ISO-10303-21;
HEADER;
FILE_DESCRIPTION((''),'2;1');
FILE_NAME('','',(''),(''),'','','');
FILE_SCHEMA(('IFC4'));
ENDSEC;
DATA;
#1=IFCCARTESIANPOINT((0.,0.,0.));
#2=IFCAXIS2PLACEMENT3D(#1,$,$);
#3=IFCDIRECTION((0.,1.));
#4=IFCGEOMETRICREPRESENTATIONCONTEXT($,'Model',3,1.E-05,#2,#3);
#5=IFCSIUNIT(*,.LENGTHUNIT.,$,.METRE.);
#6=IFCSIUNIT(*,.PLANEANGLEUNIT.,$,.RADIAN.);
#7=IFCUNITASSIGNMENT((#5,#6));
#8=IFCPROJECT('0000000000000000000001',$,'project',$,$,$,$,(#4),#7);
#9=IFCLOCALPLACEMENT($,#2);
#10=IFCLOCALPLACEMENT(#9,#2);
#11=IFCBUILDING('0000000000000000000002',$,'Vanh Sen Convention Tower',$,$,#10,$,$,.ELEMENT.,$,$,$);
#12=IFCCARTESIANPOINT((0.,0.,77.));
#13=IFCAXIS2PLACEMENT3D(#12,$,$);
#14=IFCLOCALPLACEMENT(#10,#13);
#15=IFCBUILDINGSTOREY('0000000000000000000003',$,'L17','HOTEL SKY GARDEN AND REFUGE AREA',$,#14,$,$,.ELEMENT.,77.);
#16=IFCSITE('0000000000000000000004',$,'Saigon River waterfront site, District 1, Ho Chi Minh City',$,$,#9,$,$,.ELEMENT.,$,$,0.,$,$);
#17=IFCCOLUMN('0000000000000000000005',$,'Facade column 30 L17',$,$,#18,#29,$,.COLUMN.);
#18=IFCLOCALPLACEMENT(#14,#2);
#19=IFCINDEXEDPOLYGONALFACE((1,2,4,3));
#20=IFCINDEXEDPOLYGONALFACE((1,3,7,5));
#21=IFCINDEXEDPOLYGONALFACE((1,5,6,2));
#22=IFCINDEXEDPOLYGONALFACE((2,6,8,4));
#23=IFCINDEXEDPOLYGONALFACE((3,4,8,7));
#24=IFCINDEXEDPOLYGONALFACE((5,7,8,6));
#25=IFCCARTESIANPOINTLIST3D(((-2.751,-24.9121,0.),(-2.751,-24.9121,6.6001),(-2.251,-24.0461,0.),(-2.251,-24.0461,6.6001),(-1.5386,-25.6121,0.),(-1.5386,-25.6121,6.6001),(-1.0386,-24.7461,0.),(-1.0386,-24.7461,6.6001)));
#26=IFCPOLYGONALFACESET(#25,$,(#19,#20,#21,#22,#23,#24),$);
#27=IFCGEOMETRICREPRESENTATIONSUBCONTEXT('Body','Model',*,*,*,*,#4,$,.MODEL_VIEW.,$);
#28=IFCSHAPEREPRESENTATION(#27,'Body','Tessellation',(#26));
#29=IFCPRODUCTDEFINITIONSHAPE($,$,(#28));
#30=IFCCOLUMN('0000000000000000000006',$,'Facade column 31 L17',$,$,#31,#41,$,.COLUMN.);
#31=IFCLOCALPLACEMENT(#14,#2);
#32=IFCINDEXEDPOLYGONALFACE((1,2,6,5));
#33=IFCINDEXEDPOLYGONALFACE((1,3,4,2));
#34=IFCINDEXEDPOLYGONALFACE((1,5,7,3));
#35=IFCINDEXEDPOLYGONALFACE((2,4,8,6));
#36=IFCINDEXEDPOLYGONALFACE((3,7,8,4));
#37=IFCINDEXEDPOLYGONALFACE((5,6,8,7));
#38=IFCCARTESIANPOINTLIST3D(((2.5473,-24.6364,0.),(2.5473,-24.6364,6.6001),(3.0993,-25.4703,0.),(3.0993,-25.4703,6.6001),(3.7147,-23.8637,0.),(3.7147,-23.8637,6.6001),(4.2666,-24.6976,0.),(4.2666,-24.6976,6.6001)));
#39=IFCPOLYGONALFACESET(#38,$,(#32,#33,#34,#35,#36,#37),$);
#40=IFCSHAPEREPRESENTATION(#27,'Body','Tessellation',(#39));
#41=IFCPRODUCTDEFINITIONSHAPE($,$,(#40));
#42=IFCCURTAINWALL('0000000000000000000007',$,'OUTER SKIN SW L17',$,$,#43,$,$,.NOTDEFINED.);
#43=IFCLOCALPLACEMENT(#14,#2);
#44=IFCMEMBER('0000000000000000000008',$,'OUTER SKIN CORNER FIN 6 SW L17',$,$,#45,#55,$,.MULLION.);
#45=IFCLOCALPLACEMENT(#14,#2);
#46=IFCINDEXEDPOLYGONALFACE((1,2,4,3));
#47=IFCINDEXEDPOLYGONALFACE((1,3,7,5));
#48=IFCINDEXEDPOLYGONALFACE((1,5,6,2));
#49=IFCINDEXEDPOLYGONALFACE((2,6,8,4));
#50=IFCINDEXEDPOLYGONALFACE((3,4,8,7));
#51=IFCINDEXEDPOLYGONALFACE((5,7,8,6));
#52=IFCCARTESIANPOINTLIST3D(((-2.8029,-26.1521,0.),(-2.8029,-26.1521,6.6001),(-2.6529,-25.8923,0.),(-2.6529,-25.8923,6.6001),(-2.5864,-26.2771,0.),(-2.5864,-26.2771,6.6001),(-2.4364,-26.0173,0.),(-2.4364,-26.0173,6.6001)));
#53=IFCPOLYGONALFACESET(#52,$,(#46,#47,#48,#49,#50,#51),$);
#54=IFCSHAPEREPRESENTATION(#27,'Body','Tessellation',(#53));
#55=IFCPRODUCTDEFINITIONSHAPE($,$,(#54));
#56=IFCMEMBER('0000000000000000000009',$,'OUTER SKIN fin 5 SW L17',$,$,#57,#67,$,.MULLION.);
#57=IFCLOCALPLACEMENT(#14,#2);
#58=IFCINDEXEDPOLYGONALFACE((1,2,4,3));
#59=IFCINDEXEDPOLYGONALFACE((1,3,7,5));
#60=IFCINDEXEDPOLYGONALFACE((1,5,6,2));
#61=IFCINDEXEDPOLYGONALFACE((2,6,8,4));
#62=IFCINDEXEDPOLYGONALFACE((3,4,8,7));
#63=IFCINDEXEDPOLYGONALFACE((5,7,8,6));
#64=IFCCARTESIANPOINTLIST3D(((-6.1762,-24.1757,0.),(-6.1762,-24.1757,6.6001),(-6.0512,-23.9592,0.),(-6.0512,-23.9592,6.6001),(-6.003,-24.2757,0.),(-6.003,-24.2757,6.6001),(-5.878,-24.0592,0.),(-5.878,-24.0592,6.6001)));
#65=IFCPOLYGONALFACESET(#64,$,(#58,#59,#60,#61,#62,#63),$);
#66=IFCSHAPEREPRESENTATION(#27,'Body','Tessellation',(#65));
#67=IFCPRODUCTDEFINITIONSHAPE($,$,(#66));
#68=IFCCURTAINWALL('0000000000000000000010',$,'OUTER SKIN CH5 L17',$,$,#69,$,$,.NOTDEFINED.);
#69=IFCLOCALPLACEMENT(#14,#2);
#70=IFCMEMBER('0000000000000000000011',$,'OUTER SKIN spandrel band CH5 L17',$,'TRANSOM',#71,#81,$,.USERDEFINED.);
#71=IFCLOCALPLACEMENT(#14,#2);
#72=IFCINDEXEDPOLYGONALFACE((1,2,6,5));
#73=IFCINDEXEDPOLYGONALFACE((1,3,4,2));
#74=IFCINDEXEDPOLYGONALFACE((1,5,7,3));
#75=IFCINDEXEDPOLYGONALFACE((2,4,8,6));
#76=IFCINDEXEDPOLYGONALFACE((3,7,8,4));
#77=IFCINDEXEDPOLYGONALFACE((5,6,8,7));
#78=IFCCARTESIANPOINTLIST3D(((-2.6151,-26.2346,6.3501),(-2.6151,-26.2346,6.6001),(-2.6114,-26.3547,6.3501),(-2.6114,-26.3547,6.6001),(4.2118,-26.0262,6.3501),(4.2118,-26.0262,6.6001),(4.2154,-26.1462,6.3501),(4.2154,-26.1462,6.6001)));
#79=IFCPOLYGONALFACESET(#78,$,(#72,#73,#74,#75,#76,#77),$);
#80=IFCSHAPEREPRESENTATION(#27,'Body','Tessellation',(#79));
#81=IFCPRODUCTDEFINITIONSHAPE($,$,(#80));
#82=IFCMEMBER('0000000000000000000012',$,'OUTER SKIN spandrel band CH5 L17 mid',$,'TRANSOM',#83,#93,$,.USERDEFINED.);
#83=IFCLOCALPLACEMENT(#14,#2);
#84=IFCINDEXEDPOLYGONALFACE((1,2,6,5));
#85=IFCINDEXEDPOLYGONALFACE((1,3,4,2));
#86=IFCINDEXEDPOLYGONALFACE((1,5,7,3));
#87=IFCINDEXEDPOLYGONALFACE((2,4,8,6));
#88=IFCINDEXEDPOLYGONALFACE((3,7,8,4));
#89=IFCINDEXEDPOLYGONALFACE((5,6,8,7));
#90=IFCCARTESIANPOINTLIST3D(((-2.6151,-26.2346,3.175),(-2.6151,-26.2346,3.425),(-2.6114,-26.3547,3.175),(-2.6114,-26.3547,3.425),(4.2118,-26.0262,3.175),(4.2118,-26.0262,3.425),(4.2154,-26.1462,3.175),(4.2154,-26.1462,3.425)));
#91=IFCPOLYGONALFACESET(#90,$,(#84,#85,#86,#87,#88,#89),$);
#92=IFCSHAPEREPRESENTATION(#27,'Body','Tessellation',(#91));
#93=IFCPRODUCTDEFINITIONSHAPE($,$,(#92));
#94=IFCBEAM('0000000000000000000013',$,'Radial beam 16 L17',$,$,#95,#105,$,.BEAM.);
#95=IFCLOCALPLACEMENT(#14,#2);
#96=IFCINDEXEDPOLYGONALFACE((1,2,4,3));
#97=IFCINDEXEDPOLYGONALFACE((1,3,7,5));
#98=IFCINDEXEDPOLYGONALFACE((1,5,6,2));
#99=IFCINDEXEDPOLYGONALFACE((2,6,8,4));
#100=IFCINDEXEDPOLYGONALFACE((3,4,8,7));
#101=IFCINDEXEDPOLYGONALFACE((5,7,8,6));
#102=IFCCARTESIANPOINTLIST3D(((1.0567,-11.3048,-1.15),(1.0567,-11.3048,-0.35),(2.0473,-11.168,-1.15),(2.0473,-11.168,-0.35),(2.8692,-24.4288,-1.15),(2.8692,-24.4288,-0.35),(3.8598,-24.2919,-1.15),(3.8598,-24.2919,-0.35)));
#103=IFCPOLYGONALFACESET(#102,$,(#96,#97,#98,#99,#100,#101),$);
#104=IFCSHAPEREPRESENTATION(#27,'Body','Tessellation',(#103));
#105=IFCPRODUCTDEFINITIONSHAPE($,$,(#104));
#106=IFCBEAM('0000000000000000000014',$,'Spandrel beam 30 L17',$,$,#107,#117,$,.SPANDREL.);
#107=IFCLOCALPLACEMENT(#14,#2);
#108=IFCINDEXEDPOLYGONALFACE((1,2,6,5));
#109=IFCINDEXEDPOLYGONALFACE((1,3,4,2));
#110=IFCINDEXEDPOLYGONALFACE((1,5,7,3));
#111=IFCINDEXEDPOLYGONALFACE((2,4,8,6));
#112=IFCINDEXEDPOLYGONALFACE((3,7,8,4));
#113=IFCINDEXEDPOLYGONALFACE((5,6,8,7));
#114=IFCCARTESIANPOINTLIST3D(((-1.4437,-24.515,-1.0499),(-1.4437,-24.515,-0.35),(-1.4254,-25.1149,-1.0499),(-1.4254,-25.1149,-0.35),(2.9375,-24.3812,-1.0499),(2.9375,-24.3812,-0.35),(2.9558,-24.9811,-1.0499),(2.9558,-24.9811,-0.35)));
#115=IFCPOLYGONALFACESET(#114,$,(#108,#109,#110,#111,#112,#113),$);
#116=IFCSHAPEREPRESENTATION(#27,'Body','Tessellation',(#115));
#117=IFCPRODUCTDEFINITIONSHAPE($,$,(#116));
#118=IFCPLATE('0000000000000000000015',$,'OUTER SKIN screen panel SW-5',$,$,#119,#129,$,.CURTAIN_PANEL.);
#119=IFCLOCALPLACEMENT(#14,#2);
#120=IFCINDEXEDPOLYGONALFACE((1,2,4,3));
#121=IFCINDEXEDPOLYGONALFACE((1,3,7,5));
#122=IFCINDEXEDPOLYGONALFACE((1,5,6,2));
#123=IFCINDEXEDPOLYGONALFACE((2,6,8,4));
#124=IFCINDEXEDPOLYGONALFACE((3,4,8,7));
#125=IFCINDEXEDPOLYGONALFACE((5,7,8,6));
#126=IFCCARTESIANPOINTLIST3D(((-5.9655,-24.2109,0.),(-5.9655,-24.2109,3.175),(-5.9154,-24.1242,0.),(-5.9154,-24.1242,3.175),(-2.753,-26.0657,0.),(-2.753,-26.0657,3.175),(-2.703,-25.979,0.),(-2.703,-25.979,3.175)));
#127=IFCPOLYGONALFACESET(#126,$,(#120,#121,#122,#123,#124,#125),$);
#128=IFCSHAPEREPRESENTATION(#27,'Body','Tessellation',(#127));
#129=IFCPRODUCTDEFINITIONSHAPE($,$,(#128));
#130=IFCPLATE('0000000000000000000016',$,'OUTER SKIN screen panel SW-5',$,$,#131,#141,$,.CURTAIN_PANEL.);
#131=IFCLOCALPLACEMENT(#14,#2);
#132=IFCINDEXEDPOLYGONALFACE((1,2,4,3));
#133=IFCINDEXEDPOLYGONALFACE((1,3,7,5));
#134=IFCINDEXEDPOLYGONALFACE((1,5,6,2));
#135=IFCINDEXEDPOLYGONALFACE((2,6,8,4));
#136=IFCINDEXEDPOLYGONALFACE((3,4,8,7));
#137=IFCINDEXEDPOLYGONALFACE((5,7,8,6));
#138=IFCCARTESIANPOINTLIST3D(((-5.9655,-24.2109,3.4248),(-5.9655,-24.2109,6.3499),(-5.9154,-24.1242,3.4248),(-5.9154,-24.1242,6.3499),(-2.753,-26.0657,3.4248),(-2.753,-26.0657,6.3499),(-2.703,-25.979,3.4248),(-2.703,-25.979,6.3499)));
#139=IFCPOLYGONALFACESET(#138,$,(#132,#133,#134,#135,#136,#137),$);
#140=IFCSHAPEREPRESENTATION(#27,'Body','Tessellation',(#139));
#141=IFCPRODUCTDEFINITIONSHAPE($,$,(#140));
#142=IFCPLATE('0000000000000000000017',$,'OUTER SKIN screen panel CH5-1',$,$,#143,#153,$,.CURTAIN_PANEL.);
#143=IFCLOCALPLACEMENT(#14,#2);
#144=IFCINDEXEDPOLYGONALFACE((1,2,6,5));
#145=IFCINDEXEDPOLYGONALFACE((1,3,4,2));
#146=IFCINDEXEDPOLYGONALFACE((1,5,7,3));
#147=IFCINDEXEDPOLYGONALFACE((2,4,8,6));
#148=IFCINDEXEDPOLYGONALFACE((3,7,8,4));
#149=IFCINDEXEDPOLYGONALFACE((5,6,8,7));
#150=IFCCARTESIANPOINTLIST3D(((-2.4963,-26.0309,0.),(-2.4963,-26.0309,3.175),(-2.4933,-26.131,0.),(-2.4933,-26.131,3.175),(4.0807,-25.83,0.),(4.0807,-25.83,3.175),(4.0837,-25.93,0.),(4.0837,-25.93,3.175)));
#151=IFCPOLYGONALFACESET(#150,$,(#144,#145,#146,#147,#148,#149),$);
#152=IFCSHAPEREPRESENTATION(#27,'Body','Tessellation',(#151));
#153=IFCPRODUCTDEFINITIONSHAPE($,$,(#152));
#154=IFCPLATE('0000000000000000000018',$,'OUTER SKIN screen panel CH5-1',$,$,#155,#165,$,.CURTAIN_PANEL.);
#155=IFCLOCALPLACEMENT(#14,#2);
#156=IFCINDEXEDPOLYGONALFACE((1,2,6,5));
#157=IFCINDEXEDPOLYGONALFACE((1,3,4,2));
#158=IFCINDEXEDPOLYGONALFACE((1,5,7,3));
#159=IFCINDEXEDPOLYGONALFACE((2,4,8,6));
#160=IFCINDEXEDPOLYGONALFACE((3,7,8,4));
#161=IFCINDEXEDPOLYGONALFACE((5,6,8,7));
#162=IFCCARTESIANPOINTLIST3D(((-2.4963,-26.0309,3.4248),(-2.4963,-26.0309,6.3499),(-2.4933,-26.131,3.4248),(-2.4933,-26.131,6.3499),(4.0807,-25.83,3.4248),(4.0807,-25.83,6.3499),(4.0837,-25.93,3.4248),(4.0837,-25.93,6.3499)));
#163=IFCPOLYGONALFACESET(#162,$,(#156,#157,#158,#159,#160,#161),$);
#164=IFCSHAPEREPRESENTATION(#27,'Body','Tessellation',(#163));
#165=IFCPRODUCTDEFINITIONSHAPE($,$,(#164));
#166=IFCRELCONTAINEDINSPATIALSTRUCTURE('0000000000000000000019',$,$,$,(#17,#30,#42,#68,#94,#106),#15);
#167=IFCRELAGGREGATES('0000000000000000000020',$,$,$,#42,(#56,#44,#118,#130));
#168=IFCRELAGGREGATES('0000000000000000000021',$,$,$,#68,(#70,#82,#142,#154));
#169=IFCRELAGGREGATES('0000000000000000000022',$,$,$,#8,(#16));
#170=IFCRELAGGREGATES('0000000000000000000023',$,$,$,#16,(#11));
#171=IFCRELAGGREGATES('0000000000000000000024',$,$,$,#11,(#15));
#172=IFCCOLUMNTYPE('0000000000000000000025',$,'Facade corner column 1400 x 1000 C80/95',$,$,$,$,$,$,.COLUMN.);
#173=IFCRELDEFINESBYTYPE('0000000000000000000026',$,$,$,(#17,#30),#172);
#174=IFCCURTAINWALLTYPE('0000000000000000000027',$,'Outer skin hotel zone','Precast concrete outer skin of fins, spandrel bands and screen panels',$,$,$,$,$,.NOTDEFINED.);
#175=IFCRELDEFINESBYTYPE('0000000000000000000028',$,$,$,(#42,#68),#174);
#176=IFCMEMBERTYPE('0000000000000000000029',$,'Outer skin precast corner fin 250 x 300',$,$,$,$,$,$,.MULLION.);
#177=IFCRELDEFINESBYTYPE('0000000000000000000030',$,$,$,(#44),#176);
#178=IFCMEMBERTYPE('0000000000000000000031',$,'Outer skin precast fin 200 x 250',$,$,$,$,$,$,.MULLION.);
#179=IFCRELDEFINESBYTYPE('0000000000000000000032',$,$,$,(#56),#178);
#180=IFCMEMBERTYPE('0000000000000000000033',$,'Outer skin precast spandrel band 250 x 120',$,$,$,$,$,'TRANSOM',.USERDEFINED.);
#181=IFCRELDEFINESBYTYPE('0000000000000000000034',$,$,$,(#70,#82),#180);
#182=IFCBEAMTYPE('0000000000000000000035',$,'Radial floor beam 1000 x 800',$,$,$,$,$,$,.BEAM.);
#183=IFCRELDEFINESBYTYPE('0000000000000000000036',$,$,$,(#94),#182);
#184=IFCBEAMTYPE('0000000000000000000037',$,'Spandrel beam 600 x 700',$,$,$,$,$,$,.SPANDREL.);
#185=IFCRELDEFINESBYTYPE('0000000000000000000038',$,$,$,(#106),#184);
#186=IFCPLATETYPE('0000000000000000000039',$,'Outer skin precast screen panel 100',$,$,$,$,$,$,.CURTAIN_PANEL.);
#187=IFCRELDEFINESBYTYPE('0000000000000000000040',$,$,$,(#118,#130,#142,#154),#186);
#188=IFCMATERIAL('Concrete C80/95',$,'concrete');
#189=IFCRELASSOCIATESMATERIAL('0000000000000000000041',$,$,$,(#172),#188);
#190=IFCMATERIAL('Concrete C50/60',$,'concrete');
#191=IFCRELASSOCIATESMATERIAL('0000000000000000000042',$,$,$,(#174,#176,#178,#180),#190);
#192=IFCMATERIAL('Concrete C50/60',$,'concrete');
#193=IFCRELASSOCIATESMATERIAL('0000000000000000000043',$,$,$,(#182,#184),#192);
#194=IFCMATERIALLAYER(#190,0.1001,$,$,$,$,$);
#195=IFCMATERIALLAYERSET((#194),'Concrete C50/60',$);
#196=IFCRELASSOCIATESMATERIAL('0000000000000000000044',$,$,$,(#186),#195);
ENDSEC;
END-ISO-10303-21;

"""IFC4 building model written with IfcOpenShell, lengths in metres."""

from ifc_helpers import new_model, si_unit, direction, frame, origin, origin_2d, place, context, subcontext, project, spatial, rectangle, extrude, material, layer, layer_set, material_profile, profile_set, type_object, element, aggregate, save


model = new_model("IFC4")

# Units and contexts
model_context = context("Model", 3, precision=1e-05, world=origin(), true_north=direction((0.0, 1.0)))
body_context = subcontext(model_context, "Body", "Model", "MODEL_VIEW")
ifc_project = project(units=[si_unit("LENGTHUNIT", "METRE"), si_unit("PLANEANGLEUNIT", "RADIAN")], contexts=[model_context])

# Site, building, storey
site_placement = place(None, origin())
site = spatial("IfcSite", under=ifc_project, at=site_placement, Name="Saigon River waterfront site, District 1, Ho Chi Minh City", CompositionType="ELEMENT", RefElevation=0.0)
building_placement = place(site_placement, origin())
building = spatial("IfcBuilding", under=site, at=building_placement, Name="Vanh Sen Convention Tower", CompositionType="ELEMENT")
storey_placement = place(building_placement, frame((0.0, 0.0, 77.0)))
storey = spatial("IfcBuildingStorey", under=building, at=storey_placement, Name="L17", Description="HOTEL SKY GARDEN AND REFUGE AREA", CompositionType="ELEMENT", Elevation=77.0)

# Columns
ifc_material_1 = material(Name="Concrete C80/95", Category="concrete")
ifc_material_profile_1 = material_profile(ifc_material_1, rectangle(XDim=1.3999, YDim=1.0, at=origin_2d()), Name="RC 1400X1000")
ifc_profile_set_1 = profile_set([ifc_material_profile_1], Name="Concrete C80/95")
column_type = type_object("IfcColumnType", Name="Facade corner column 1400 x 1000 C80/95", PredefinedType="COLUMN", material=ifc_profile_set_1)
for number, where, z_axis, x_axis, name in (
    (1, (-1.8948, -24.8291, 0.0), (0.0, 0.0, 1.0), (0.866025, -0.5, 0.0), "Facade column 30 L17"),
    (2, (3.407, -24.667, 0.0), (0.0, 0.0, 1.0), (0.833886, 0.551937, 0.0), "Facade column 31 L17"),
):
    element("IfcColumn", number, at=place(storey_placement, frame(where, z_axis=z_axis, x_axis=x_axis)), inside=storey, type_object=column_type, Name=name, PredefinedType="COLUMN", context=body_context, shape_type="SweptSolid", body=[
        extrude(rectangle(XDim=1.3999, YDim=1.0, at=origin_2d()), origin(), (0.0, 0.0, 1.0), 6.6001),
    ])

# Curtain walls, members
ifc_material_2 = material(Name="Concrete C50/60", Category="concrete")
curtain_wall_type = type_object("IfcCurtainWallType", Name="Outer skin hotel zone", Description="Precast concrete outer skin of fins, spandrel bands and screen panels", PredefinedType="NOTDEFINED", material=ifc_material_2)
curtain_wall_1_placement = place(storey_placement, origin())
curtain_wall_1 = element("IfcCurtainWall", 3, at=curtain_wall_1_placement, inside=storey, type_object=curtain_wall_type, Name="OUTER SKIN SW L17", PredefinedType="NOTDEFINED")
ifc_material_profile_2 = material_profile(ifc_material_2, rectangle(XDim=0.25, YDim=0.3, at=origin_2d()), Name="Outer skin precast corner fin 250 x 300")
ifc_profile_set_2 = profile_set([ifc_material_profile_2], Name="Concrete C50/60")
member_type_1 = type_object("IfcMemberType", Name="Outer skin precast corner fin 250 x 300", PredefinedType="MULLION", material=ifc_profile_set_2)
member_1_placement = place(storey_placement, frame((-2.6196, -26.0847, 0.0), z_axis=(0.0, 0.0, 1.0), x_axis=(0.866025, -0.5, 0.0)))
member_1 = element("IfcMember", 4, at=member_1_placement, type_object=member_type_1, Name="OUTER SKIN CORNER FIN 6 SW L17", PredefinedType="MULLION", context=body_context, shape_type="SweptSolid", body=[
    extrude(rectangle(XDim=0.25, YDim=0.3, at=origin_2d()), origin(), (0.0, 0.0, 1.0), 6.6001),
])
ifc_material_profile_3 = material_profile(ifc_material_2, rectangle(XDim=0.2, YDim=0.25, at=origin_2d()), Name="Outer skin precast fin 200 x 250")
ifc_profile_set_3 = profile_set([ifc_material_profile_3], Name="Concrete C50/60")
member_type_2 = type_object("IfcMemberType", Name="Outer skin precast fin 200 x 250", PredefinedType="MULLION", material=ifc_profile_set_3)
member_2_placement = place(storey_placement, frame((-6.0271, -24.1174, 0.0), z_axis=(0.0, 0.0, 1.0), x_axis=(0.866025, -0.5, 0.0)))
member_2 = element("IfcMember", 5, at=member_2_placement, type_object=member_type_2, Name="OUTER SKIN fin 5 SW L17", PredefinedType="MULLION", context=body_context, shape_type="SweptSolid", body=[
    extrude(rectangle(XDim=0.2, YDim=0.25, at=origin_2d()), origin(), (0.0, 0.0, 1.0), 6.6001),
])
curtain_wall_2_placement = place(storey_placement, origin())
curtain_wall_2 = element("IfcCurtainWall", 6, at=curtain_wall_2_placement, inside=storey, type_object=curtain_wall_type, Name="OUTER SKIN CH5 L17", PredefinedType="NOTDEFINED")
ifc_material_profile_4 = material_profile(ifc_material_2, rectangle(XDim=0.1201, YDim=0.25, at=origin_2d()), Name="Outer skin precast spandrel band 250 x 120")
ifc_profile_set_4 = profile_set([ifc_material_profile_4], Name="Concrete C50/60")
member_type_3 = type_object("IfcMemberType", Name="Outer skin precast spandrel band 250 x 120", ElementType="TRANSOM", PredefinedType="USERDEFINED", material=ifc_profile_set_4)
member_3_placement = place(storey_placement, frame((-2.6133, -26.2947, 6.4751), z_axis=(0.999534, 0.030526, 0.0), x_axis=(-0.030526, 0.999534, 0.0)))
member_3 = element("IfcMember", 7, at=member_3_placement, type_object=member_type_3, Name="OUTER SKIN spandrel band CH5 L17", ObjectType="TRANSOM", PredefinedType="USERDEFINED", context=body_context, shape_type="SweptSolid", body=[
    extrude(rectangle(XDim=0.1201, YDim=0.25, at=origin_2d()), origin(), (0.0, 0.0, 1.0), 6.8301),
])
member_4_placement = place(storey_placement, frame((-2.6133, -26.2947, 3.3), z_axis=(0.999534, 0.030526, 0.0), x_axis=(-0.030526, 0.999534, 0.0)))
member_4 = element("IfcMember", 8, at=member_4_placement, type_object=member_type_3, Name="OUTER SKIN spandrel band CH5 L17 mid", ObjectType="TRANSOM", PredefinedType="USERDEFINED", context=body_context, shape_type="SweptSolid", body=[
    extrude(rectangle(XDim=0.1201, YDim=0.25, at=origin_2d()), origin(), (0.0, 0.0, 1.0), 6.8301),
])

# Beams
ifc_material_3 = material(Name="Concrete C50/60", Category="concrete")
ifc_material_profile_5 = material_profile(ifc_material_3, rectangle(XDim=1.0, YDim=0.8, at=origin_2d()), Name="RC 1000X800")
ifc_profile_set_5 = profile_set([ifc_material_profile_5], Name="Concrete C50/60")
beam_type_1 = type_object("IfcBeamType", Name="Radial floor beam 1000 x 800", PredefinedType="BEAM", material=ifc_profile_set_5)
beam_1_placement = place(storey_placement, frame((3.3645, -24.3604, -0.75), z_axis=(-0.136807, 0.990598, 0.0), x_axis=(-0.990598, -0.136807, 0.0)))
element("IfcBeam", 9, at=beam_1_placement, inside=storey, type_object=beam_type_1, Name="Radial beam 16 L17", PredefinedType="BEAM", context=body_context, shape_type="SweptSolid", body=[
    extrude(rectangle(XDim=1.0, YDim=0.8, at=origin_2d()), origin(), (0.0, 0.0, 1.0), 13.2485),
])
ifc_material_profile_6 = material_profile(ifc_material_3, rectangle(XDim=0.6001, YDim=0.7, at=origin_2d()), Name="RC 600X700")
ifc_profile_set_6 = profile_set([ifc_material_profile_6], Name="Concrete C50/60")
beam_type_2 = type_object("IfcBeamType", Name="Spandrel beam 600 x 700", PredefinedType="SPANDREL", material=ifc_profile_set_6)
beam_2_placement = place(storey_placement, frame((-1.4346, -24.8149, -0.7), z_axis=(0.999534, 0.030522, 0.0), x_axis=(-0.030522, 0.999534, 0.0)))
element("IfcBeam", 10, at=beam_2_placement, inside=storey, type_object=beam_type_2, Name="Spandrel beam 30 L17", PredefinedType="SPANDREL", context=body_context, shape_type="SweptSolid", body=[
    extrude(rectangle(XDim=0.6001, YDim=0.7, at=origin_2d()), origin(), (0.0, 0.0, 1.0), 4.3833),
])

# Plates
ifc_layer_1 = layer(ifc_material_2, 0.1001)
ifc_layer_set_1 = layer_set([ifc_layer_1], Name="Concrete C50/60")
plate_type = type_object("IfcPlateType", Name="Outer skin precast screen panel 100", PredefinedType="CURTAIN_PANEL", material=ifc_layer_set_1)
plate_1_placement = place(storey_placement, frame((-4.3342, -25.095, 0.0), z_axis=(0.0, 0.0, 1.0), x_axis=(0.866021, -0.500008, 0.0)))
plate_1 = element("IfcPlate", 11, at=plate_1_placement, type_object=plate_type, Name="OUTER SKIN screen panel SW-5", PredefinedType="CURTAIN_PANEL", context=body_context, shape_type="SweptSolid", body=[
    extrude(rectangle(XDim=3.7095, YDim=0.1001, at=origin_2d()), origin(), (0.0, 0.0, 1.0), 3.175),
])
plate_2_placement = place(storey_placement, frame((-4.3342, -25.095, 3.4248), z_axis=(0.0, 0.0, 1.0), x_axis=(0.866021, -0.500008, 0.0)))
plate_2 = element("IfcPlate", 12, at=plate_2_placement, type_object=plate_type, Name="OUTER SKIN screen panel SW-5", PredefinedType="CURTAIN_PANEL", context=body_context, shape_type="SweptSolid", body=[
    extrude(rectangle(XDim=3.7095, YDim=0.1001, at=origin_2d()), origin(), (0.0, 0.0, 1.0), 2.925),
])
aggregate(curtain_wall_1, [member_2, member_1, plate_1, plate_2])
plate_3_placement = place(storey_placement, frame((0.7937, -25.9805, 0.0), z_axis=(0.0, 0.0, 1.0), x_axis=(0.999533, 0.030542, 0.0)))
plate_3 = element("IfcPlate", 13, at=plate_3_placement, type_object=plate_type, Name="OUTER SKIN screen panel CH5-1", PredefinedType="CURTAIN_PANEL", context=body_context, shape_type="SweptSolid", body=[
    extrude(rectangle(XDim=6.5801, YDim=0.1001, at=origin_2d()), origin(), (0.0, 0.0, 1.0), 3.175),
])
plate_4_placement = place(storey_placement, frame((0.7937, -25.9805, 3.4248), z_axis=(0.0, 0.0, 1.0), x_axis=(0.999533, 0.030542, 0.0)))
plate_4 = element("IfcPlate", 14, at=plate_4_placement, type_object=plate_type, Name="OUTER SKIN screen panel CH5-1", PredefinedType="CURTAIN_PANEL", context=body_context, shape_type="SweptSolid", body=[
    extrude(rectangle(XDim=6.5801, YDim=0.1001, at=origin_2d()), origin(), (0.0, 0.0, 1.0), 2.925),
])
aggregate(curtain_wall_2, [member_3, member_4, plate_3, plate_4])

save(model, "model.ifc")
